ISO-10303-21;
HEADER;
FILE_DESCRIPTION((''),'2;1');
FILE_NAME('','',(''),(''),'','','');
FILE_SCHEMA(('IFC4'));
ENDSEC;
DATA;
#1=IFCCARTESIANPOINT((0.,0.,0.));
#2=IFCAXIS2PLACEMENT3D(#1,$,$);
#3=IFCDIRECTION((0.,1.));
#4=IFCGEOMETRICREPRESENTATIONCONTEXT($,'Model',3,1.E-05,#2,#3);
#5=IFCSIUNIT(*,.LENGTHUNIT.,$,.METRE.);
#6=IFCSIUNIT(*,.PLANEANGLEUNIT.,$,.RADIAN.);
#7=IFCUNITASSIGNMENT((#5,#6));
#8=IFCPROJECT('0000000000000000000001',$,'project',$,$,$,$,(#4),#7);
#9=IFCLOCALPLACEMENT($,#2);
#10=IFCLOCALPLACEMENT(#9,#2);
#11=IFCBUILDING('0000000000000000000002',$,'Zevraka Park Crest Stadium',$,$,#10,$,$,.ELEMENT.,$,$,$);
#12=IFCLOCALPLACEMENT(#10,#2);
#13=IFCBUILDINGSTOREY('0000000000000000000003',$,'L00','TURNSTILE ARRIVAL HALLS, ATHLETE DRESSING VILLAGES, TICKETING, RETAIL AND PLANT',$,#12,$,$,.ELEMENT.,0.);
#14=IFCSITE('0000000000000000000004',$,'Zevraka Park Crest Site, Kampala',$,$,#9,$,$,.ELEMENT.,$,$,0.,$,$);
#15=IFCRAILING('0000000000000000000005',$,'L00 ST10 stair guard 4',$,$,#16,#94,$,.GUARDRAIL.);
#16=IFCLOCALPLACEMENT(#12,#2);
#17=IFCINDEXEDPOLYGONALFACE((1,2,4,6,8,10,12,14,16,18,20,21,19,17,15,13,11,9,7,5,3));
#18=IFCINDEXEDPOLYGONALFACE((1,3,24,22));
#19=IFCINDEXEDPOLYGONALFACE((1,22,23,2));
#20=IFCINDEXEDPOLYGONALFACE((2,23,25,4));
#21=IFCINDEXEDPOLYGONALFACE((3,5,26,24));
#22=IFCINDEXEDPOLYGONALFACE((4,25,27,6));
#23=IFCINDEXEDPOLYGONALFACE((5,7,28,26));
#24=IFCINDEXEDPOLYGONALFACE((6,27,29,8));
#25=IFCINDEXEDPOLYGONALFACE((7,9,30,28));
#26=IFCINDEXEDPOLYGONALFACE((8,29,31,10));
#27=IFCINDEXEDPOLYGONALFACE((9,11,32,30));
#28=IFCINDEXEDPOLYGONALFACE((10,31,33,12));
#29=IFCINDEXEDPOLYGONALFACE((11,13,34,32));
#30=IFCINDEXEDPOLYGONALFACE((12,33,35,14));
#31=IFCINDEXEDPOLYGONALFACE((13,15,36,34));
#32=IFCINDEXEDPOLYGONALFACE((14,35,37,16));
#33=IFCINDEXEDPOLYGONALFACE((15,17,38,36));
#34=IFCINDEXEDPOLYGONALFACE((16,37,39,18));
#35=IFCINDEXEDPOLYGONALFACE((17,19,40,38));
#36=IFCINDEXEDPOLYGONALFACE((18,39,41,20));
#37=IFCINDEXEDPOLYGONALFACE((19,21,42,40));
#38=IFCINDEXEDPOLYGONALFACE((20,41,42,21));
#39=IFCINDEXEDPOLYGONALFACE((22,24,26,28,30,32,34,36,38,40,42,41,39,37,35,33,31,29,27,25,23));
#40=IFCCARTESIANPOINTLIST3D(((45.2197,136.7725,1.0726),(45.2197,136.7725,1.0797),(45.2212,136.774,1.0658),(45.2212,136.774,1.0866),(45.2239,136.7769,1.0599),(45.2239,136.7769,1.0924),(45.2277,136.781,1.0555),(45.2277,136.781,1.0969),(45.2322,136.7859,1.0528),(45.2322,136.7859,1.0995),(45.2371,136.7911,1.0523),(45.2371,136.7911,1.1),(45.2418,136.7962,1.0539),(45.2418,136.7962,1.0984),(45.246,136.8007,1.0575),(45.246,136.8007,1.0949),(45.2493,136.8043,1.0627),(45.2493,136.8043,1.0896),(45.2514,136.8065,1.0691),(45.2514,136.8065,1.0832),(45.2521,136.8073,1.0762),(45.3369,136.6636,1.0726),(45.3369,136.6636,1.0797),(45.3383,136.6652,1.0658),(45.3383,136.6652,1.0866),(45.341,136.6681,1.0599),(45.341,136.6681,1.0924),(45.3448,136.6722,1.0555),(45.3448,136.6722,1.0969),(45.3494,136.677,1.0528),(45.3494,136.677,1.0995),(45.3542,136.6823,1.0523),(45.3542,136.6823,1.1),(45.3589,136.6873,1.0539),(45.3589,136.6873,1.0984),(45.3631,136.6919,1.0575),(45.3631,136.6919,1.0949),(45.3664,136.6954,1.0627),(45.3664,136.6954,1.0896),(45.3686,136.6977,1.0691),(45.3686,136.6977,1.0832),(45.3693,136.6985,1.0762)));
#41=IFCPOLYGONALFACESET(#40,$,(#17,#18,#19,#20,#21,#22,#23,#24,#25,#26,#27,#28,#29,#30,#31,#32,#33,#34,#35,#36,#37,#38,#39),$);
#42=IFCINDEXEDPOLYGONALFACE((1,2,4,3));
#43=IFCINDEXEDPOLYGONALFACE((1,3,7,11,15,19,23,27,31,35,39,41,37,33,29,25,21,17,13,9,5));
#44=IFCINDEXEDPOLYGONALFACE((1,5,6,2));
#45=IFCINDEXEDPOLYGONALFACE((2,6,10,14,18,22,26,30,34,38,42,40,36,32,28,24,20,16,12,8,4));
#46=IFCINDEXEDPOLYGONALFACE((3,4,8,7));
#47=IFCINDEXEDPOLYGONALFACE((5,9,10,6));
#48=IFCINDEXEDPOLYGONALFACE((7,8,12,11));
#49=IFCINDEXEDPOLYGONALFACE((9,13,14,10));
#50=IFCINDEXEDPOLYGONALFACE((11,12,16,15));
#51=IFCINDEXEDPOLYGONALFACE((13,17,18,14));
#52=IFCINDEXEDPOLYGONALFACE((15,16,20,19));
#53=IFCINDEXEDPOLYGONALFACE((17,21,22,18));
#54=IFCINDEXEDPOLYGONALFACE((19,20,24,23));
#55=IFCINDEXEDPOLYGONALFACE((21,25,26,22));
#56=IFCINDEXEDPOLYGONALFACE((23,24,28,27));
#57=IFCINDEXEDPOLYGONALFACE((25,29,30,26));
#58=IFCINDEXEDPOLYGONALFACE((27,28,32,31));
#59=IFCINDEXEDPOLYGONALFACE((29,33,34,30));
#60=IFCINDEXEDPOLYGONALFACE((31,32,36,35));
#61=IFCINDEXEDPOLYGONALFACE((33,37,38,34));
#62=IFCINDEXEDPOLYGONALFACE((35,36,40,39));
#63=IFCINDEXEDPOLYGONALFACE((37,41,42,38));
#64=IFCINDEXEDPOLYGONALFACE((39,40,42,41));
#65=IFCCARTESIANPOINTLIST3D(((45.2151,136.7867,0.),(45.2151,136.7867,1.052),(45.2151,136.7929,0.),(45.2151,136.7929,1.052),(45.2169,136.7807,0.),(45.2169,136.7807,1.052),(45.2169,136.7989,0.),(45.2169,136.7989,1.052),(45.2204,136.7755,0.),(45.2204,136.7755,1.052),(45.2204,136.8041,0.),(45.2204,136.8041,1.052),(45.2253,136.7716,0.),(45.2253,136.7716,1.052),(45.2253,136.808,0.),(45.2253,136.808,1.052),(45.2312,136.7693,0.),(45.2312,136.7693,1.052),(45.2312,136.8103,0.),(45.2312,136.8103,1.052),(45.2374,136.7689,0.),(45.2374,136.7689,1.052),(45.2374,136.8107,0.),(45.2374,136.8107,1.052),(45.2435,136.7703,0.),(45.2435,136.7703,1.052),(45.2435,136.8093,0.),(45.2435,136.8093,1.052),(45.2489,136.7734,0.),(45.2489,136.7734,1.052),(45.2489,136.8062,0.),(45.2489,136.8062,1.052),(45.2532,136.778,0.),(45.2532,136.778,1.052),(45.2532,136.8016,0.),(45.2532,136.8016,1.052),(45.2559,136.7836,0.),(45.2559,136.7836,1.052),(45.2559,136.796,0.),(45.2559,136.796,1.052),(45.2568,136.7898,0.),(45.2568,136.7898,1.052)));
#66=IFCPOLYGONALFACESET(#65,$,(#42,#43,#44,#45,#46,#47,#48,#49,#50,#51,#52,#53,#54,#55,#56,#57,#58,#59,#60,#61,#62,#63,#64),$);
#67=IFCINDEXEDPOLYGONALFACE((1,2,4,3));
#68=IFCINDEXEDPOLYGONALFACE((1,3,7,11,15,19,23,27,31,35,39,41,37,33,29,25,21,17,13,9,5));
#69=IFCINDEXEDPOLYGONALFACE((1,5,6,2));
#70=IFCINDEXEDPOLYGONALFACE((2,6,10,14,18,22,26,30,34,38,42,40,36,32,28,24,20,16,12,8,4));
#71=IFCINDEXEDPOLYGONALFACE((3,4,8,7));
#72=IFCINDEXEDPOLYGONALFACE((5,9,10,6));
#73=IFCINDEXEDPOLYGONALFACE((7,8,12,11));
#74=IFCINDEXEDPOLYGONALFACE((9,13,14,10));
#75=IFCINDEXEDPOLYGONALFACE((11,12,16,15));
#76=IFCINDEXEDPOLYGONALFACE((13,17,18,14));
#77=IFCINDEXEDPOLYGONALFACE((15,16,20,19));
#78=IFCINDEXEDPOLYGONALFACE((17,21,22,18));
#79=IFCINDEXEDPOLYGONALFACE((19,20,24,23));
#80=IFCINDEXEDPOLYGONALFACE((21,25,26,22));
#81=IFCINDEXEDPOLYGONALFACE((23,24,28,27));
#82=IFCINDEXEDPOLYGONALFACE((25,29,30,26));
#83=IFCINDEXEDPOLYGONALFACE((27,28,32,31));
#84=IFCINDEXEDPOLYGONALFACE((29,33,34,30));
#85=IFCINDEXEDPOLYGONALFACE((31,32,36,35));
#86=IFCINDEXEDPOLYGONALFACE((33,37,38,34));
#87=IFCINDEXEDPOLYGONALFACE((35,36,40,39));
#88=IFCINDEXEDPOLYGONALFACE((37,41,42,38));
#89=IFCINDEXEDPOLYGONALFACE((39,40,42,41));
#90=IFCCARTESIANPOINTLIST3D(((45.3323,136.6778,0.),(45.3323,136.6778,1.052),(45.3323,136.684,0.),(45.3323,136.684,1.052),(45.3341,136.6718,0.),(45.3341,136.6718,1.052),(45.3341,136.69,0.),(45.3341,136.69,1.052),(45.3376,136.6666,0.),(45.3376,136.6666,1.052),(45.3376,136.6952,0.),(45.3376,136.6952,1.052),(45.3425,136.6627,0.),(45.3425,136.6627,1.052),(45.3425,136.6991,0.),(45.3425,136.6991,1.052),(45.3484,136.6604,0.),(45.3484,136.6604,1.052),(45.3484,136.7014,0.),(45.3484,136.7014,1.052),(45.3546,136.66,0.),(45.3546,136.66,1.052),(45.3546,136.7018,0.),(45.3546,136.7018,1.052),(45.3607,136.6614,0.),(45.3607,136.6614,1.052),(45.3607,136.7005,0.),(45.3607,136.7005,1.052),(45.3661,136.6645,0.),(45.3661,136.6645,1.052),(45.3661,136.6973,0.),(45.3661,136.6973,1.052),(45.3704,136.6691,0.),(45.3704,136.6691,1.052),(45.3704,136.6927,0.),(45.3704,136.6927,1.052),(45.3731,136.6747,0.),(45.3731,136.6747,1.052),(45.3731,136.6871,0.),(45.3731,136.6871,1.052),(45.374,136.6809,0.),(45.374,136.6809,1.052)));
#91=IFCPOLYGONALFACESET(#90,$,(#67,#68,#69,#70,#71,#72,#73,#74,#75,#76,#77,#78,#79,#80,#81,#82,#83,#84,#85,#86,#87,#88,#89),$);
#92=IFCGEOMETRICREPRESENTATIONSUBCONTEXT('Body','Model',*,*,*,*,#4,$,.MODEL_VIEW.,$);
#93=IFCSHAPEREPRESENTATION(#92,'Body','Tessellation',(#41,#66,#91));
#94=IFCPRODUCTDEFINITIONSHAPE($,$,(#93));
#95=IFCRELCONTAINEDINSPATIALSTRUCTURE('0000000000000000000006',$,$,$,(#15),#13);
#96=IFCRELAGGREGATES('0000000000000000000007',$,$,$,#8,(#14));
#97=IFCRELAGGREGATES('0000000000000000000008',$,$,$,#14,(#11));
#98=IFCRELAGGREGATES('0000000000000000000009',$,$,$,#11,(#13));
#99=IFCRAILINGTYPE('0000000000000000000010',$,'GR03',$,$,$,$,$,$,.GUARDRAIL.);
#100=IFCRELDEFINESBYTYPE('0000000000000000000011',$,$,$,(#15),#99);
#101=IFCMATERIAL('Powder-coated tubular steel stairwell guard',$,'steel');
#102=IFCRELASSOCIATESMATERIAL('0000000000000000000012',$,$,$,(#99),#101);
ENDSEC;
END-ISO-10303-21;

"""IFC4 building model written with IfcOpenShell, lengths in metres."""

from ifc_helpers import new_model, si_unit, direction, frame, origin, origin_2d, place, context, subcontext, project, spatial, circle, extrude, material, type_object, element, save


model = new_model("IFC4")

# Units and contexts
model_context = context("Model", 3, precision=1e-05, world=origin(), true_north=direction((0.0, 1.0)))
body_context = subcontext(model_context, "Body", "Model", "MODEL_VIEW")
ifc_project = project(units=[si_unit("LENGTHUNIT", "METRE"), si_unit("PLANEANGLEUNIT", "RADIAN")], contexts=[model_context])

# Site, building, storey
site_placement = place(None, origin())
site = spatial("IfcSite", under=ifc_project, at=site_placement, Name="Zevraka Park Crest Site, Kampala", CompositionType="ELEMENT", RefElevation=0.0)
building_placement = place(site_placement, origin())
building = spatial("IfcBuilding", under=site, at=building_placement, Name="Zevraka Park Crest Stadium", CompositionType="ELEMENT")
storey_placement = place(building_placement, origin())
storey = spatial("IfcBuildingStorey", under=building, at=storey_placement, Name="L00", Description="TURNSTILE ARRIVAL HALLS, ATHLETE DRESSING VILLAGES, TICKETING, RETAIL AND PLANT", CompositionType="ELEMENT", Elevation=0.0)

# Railing
ifc_material_1 = material(Name="Powder-coated tubular steel stairwell guard", Category="steel")
railing_type_1 = type_object("IfcRailingType", Name="GR03", PredefinedType="GUARDRAIL", material=ifc_material_1)
railing_1_placement = place(storey_placement, frame((45.2358, 136.7898, 0.0)))
element("IfcRailing", 1, at=railing_1_placement, inside=storey, type_object=railing_type_1, Name="L00 ST10 stair guard 4", PredefinedType="GUARDRAIL", context=body_context, shape_type="SweptSolid", body=[
    extrude(circle(Radius=0.0239, at=origin_2d()), frame((0.0, 0.0, 1.0762), z_axis=(0.732576, -0.680685, 0.0), x_axis=(0.680685, 0.732576, 0.0)), (0.0, 0.0, 1.0), 0.1599),
    extrude(circle(Radius=0.021, at=origin_2d()), origin(), (0.0, 0.0, 1.0), 1.052),
    extrude(circle(Radius=0.021, at=origin_2d()), frame((0.1172, -0.1089, 0.0)), (0.0, 0.0, 1.0), 1.052),
])

save(model, "model.ifc")
